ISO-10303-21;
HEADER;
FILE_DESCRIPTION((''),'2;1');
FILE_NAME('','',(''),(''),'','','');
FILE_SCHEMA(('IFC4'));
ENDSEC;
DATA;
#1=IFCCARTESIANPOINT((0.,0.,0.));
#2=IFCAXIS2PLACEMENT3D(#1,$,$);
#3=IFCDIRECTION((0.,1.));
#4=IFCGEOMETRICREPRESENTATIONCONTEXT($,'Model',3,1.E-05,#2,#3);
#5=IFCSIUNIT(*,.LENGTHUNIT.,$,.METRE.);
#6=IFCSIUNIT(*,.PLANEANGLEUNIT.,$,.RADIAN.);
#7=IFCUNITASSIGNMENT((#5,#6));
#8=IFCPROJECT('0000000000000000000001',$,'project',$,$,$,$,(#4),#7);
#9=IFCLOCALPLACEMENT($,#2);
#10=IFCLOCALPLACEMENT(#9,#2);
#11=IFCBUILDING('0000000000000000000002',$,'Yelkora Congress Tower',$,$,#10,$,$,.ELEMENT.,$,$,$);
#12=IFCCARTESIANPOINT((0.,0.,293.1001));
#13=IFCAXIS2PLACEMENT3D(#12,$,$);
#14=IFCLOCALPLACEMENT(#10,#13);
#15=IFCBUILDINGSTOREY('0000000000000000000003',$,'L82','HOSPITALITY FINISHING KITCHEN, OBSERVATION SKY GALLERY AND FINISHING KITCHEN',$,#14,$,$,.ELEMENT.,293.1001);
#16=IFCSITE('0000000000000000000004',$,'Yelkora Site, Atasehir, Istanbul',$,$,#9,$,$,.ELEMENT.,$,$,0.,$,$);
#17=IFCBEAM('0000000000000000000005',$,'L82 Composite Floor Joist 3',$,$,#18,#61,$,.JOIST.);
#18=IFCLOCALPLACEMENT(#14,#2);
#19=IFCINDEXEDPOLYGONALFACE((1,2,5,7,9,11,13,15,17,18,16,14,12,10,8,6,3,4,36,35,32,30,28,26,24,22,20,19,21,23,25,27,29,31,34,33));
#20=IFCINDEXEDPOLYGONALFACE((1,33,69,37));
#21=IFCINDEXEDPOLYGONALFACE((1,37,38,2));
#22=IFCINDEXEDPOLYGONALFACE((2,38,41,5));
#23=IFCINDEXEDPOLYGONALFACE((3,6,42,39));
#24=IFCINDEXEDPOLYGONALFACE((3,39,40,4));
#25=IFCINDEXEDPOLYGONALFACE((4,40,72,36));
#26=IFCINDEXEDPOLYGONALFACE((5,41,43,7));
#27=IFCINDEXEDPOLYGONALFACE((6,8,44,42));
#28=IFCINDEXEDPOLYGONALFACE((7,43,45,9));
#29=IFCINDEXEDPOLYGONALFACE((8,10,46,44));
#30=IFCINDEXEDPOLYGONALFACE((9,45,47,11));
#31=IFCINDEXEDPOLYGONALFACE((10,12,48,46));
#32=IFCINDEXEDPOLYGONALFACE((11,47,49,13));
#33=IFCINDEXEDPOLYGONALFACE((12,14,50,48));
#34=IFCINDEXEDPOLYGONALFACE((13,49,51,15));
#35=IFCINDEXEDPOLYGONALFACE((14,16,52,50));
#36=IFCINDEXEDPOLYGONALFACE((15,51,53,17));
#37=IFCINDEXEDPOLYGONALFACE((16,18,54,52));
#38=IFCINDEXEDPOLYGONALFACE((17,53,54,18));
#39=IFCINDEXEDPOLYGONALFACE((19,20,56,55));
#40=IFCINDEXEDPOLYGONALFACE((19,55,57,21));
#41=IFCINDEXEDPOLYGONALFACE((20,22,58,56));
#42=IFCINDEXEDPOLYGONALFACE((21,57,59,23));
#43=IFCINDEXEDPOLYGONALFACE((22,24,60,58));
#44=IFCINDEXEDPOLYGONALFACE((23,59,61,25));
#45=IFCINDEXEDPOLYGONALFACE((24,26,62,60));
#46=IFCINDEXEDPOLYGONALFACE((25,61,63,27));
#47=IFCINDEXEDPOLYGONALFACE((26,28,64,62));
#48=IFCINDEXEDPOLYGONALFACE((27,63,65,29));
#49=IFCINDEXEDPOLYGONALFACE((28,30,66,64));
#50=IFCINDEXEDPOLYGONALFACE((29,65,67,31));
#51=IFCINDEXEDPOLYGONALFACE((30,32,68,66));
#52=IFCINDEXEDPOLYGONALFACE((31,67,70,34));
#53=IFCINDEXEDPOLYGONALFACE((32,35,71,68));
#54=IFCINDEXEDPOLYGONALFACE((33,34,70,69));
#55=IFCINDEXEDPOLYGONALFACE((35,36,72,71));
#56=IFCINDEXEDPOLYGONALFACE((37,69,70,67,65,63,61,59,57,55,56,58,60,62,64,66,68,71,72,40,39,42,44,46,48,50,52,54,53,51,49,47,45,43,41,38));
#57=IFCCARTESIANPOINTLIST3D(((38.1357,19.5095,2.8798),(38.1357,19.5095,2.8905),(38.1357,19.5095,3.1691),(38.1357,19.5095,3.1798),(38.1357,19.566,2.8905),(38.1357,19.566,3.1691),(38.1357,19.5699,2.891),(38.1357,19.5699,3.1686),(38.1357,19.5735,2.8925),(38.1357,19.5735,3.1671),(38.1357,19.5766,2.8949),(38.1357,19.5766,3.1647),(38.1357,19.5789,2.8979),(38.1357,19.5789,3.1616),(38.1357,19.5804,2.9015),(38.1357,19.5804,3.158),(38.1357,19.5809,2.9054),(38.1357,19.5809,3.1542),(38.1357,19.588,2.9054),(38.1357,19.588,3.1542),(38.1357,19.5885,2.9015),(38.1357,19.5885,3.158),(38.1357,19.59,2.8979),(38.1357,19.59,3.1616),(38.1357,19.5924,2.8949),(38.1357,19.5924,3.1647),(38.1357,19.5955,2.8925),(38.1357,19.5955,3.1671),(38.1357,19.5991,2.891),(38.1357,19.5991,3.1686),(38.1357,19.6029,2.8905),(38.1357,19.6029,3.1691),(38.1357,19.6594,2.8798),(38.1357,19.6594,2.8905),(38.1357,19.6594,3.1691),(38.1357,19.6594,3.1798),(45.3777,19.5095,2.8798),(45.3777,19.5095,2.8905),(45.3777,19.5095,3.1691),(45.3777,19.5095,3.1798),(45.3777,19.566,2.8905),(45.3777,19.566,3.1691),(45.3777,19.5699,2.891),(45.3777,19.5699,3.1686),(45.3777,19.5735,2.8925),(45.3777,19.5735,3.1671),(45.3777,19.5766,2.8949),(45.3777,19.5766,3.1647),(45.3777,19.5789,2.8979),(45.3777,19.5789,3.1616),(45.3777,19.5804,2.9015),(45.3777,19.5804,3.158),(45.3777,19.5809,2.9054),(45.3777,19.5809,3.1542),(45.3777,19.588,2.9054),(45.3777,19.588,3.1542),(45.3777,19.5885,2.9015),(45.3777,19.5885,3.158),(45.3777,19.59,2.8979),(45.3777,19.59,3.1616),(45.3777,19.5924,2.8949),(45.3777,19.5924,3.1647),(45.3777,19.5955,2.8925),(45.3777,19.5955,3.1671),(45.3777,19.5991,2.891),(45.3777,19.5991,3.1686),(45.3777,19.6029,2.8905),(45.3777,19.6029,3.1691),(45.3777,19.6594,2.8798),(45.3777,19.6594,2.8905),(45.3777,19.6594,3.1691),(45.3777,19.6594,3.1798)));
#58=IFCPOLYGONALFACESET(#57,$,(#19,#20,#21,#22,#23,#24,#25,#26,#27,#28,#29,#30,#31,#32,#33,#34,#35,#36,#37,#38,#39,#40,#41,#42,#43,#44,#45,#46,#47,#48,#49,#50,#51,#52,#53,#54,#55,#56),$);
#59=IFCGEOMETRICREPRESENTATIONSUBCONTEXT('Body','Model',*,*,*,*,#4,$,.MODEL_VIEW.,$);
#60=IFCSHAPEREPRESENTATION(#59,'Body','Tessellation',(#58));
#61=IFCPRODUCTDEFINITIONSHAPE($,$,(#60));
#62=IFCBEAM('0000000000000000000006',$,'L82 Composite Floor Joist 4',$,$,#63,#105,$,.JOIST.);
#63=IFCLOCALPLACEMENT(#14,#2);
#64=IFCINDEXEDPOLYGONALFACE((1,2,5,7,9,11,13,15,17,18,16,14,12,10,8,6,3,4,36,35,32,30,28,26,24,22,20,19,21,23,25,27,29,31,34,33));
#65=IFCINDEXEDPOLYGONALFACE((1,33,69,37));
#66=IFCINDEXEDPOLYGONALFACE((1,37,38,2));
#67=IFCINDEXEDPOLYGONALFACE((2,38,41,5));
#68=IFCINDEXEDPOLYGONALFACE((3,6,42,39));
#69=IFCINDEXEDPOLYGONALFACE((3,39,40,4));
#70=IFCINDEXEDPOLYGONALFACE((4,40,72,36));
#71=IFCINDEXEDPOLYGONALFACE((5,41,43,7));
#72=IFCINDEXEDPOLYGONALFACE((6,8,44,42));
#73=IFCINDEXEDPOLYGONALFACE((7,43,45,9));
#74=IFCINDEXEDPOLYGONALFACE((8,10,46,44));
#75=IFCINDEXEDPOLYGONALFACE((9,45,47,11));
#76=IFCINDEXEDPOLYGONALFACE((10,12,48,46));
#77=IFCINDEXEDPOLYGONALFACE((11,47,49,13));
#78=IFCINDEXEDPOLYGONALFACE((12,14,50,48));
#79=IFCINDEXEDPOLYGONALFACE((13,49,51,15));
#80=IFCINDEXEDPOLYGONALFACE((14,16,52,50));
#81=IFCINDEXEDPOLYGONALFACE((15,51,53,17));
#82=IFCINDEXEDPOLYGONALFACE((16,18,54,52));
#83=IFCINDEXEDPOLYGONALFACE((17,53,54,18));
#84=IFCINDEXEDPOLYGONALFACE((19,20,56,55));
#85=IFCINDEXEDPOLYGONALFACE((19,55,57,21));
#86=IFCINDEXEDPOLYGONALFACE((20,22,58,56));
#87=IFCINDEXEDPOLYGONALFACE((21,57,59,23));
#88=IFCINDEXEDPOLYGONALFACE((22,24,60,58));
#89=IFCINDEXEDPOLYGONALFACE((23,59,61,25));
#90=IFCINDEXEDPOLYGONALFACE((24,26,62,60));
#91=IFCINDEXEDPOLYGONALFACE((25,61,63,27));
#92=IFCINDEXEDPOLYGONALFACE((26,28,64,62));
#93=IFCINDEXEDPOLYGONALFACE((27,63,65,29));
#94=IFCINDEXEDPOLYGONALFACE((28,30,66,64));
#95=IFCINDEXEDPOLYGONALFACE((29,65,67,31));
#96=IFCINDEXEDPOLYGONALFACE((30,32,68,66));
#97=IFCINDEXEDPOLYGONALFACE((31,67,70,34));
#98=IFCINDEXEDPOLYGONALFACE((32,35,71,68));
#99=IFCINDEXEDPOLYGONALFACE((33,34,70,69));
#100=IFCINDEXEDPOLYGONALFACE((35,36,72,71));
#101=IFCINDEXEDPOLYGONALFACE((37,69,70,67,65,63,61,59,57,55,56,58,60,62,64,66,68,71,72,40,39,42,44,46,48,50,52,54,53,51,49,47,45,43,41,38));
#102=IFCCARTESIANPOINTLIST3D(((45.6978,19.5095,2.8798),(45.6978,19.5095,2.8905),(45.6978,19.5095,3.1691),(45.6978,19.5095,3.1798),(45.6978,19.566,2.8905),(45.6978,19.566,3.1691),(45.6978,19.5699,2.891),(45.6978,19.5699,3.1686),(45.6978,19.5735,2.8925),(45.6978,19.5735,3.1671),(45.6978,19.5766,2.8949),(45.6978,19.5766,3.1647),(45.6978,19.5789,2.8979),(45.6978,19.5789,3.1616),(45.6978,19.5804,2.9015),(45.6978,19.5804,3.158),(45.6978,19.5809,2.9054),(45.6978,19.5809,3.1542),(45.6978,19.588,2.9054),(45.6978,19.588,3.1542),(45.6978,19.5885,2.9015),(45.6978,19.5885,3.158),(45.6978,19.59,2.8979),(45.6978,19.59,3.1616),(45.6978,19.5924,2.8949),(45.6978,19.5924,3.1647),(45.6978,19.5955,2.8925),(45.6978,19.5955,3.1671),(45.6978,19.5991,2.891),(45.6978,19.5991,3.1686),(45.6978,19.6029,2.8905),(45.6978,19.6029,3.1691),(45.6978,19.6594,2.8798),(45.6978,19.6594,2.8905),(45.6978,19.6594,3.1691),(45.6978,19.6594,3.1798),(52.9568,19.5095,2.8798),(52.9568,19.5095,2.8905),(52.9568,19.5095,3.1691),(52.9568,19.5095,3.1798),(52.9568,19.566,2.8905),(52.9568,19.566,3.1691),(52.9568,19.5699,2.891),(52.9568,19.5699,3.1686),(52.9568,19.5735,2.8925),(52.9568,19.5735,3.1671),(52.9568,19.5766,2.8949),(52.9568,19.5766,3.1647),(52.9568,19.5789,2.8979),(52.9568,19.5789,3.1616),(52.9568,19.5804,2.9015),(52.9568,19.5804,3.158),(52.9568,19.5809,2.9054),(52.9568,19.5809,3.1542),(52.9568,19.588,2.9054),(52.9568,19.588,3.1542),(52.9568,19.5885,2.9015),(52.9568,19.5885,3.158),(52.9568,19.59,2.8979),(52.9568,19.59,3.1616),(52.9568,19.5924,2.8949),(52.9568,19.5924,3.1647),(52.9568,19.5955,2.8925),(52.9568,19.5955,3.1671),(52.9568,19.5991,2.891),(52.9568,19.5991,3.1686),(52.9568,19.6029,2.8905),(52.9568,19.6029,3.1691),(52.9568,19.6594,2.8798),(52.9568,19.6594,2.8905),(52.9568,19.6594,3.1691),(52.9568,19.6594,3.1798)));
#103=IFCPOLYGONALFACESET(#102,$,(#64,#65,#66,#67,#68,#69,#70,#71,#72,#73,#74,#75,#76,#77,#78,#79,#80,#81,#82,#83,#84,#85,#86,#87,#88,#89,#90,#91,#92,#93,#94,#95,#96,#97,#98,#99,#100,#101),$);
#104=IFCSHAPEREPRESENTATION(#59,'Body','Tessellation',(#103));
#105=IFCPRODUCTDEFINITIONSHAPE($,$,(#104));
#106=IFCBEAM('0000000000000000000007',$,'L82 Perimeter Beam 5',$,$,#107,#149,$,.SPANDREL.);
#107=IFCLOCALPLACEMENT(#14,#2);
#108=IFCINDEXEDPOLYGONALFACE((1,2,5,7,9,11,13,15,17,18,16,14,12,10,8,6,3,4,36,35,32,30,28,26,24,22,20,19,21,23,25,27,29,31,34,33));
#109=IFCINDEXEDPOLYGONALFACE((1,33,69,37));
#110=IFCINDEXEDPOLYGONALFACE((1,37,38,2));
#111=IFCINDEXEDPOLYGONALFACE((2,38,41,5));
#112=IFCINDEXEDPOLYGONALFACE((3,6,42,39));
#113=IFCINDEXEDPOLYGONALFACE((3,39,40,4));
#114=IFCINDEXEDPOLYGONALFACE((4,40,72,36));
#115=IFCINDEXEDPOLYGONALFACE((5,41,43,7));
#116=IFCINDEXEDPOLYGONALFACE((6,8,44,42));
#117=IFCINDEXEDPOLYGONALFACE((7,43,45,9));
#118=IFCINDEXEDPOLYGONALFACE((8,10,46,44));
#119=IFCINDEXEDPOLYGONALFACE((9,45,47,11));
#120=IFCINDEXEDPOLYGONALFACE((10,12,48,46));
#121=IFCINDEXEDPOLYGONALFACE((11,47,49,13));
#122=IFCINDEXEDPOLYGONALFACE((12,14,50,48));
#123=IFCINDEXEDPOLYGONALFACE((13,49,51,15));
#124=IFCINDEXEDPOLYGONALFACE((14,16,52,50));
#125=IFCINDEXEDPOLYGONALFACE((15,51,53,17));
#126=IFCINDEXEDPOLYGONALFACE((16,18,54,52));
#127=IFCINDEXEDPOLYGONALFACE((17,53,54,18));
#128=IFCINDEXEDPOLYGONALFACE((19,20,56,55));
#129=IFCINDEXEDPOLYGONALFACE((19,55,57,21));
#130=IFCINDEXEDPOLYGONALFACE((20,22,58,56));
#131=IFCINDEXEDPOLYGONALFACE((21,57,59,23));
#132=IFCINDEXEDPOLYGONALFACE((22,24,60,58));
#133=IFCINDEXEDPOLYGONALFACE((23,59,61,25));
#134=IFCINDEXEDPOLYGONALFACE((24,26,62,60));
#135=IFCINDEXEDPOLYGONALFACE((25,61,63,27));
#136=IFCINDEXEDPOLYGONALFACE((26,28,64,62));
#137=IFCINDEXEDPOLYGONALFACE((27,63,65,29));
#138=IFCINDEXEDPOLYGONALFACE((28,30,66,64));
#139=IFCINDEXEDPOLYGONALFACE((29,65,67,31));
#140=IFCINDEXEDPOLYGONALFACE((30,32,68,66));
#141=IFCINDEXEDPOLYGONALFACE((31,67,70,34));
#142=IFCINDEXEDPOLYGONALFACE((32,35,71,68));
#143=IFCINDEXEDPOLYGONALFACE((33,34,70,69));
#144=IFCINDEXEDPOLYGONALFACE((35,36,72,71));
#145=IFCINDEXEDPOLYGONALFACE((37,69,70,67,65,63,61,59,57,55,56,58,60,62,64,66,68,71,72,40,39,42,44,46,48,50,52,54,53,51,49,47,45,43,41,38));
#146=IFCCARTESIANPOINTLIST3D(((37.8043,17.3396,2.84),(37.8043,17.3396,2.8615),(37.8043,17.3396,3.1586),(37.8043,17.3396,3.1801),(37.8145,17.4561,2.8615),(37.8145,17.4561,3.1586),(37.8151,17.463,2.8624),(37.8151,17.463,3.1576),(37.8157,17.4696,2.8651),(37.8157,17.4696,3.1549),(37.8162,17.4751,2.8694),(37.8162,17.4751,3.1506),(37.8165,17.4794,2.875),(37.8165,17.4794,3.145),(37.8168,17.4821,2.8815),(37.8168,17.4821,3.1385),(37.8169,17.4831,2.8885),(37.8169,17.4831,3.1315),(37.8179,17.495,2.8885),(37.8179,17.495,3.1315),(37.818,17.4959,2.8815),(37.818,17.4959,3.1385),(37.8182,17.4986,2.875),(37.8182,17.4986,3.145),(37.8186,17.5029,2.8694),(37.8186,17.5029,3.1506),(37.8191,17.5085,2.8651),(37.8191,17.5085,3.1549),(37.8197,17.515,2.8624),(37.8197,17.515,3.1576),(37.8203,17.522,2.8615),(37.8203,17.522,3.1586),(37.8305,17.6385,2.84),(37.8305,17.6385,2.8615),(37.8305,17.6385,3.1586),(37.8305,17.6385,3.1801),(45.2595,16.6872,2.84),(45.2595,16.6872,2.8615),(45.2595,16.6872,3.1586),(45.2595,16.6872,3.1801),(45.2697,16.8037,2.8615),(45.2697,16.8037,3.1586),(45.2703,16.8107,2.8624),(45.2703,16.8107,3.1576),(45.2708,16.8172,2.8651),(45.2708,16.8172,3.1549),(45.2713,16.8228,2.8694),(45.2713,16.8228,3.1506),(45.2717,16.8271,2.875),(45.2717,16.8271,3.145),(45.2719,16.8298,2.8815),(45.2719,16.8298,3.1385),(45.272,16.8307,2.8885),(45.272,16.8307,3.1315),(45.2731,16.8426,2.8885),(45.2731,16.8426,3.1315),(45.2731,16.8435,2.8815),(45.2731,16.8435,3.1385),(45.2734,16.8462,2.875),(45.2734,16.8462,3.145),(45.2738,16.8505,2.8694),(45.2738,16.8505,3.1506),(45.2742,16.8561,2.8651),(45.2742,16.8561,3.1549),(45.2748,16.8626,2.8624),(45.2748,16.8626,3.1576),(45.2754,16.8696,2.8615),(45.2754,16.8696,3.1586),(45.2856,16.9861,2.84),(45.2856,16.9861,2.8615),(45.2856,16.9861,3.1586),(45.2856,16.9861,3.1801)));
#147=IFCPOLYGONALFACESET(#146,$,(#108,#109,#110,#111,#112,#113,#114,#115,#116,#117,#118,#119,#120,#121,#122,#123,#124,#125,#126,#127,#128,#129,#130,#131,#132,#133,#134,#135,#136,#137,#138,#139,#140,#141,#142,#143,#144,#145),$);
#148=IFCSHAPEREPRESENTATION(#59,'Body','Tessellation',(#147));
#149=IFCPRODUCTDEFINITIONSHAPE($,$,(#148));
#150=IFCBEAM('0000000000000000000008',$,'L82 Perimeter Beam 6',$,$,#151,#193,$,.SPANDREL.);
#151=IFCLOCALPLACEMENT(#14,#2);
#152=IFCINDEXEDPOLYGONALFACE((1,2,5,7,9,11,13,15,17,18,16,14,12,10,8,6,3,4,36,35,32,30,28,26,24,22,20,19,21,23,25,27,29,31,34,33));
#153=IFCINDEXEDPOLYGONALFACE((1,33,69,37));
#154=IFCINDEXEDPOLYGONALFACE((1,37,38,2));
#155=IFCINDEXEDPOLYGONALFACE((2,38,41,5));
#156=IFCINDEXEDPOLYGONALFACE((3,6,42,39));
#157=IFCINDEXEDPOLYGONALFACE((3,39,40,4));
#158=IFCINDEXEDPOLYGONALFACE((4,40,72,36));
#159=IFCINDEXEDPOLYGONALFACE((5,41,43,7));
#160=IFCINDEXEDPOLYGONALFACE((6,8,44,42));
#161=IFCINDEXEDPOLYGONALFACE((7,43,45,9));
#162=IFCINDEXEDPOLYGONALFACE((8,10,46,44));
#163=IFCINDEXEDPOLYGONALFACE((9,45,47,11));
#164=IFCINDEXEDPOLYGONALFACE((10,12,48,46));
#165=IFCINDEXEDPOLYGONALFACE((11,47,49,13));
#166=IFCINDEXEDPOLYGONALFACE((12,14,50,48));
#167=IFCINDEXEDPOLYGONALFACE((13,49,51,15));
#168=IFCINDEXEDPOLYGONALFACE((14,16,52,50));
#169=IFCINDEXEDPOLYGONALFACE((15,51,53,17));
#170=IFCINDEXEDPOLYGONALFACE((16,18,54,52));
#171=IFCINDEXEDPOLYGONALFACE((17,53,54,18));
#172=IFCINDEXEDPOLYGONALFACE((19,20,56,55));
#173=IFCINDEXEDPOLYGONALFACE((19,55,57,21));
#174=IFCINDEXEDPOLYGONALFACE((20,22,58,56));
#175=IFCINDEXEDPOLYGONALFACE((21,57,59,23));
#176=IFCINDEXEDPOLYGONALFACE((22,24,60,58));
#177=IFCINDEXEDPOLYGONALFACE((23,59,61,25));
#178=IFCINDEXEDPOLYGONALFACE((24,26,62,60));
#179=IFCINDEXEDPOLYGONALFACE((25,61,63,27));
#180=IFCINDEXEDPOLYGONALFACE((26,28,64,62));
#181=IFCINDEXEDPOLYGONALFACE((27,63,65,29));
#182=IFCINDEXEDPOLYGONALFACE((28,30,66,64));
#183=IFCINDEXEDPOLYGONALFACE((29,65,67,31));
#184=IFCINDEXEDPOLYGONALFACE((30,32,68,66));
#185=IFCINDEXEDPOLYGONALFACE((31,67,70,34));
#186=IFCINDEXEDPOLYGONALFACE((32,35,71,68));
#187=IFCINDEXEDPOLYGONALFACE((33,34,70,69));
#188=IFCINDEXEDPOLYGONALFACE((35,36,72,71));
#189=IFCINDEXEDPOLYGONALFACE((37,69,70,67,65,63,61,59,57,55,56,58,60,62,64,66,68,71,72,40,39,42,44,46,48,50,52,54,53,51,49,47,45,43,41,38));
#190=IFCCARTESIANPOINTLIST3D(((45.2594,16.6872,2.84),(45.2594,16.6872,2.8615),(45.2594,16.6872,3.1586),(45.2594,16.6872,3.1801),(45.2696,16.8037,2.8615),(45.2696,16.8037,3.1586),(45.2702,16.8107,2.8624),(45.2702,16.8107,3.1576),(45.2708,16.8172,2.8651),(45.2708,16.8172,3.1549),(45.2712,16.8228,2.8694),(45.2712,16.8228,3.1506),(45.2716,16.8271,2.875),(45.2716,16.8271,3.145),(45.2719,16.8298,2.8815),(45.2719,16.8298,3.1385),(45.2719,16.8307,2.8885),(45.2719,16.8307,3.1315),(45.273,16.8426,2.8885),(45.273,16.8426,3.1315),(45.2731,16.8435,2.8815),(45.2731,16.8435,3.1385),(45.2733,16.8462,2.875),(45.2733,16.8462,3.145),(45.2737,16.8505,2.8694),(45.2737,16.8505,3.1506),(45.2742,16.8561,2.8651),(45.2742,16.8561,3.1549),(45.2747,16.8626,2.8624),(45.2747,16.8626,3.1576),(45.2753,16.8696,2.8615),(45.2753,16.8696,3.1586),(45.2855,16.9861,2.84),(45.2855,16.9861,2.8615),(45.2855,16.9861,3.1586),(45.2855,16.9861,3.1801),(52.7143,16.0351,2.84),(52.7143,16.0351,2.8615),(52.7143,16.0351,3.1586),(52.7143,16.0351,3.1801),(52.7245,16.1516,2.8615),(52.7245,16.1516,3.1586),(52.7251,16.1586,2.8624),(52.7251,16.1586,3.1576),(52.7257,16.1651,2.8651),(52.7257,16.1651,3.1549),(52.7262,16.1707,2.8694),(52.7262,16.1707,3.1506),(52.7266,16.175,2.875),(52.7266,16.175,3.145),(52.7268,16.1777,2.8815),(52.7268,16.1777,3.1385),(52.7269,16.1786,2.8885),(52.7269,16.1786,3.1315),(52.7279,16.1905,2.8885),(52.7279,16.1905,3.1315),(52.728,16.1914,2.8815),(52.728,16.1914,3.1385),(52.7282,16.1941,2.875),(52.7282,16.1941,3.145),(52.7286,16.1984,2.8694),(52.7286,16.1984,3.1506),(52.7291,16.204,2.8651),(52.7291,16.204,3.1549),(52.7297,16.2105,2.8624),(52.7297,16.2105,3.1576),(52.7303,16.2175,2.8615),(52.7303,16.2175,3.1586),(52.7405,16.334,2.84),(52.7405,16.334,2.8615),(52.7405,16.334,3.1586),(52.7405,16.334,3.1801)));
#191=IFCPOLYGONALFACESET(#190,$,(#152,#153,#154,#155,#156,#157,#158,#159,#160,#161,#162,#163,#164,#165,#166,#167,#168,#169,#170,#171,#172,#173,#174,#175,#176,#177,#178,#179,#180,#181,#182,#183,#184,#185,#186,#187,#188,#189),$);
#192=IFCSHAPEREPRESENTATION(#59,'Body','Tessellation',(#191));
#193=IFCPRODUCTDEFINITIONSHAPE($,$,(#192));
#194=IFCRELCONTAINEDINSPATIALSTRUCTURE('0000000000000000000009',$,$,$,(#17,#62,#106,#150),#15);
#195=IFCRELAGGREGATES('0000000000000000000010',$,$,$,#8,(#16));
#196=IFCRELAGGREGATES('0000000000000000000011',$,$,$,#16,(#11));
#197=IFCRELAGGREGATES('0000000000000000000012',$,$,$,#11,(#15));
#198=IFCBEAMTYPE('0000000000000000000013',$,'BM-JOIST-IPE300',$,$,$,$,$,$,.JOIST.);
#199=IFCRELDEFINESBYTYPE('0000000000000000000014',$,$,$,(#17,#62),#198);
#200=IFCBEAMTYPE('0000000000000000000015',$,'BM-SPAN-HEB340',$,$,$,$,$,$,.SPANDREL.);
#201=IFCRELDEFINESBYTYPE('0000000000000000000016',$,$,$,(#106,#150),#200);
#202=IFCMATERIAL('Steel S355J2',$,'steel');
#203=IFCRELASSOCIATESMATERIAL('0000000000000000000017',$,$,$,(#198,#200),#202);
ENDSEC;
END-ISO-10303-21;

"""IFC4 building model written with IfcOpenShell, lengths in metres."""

from ifc_helpers import new_model, si_unit, direction, frame, origin, origin_2d, place, context, subcontext, project, spatial, i_section, extrude, material, material_profile, profile_set, type_object, element, save


model = new_model("IFC4")

# Units and contexts
model_context = context("Model", 3, precision=1e-05, world=origin(), true_north=direction((0.0, 1.0)))
body_context = subcontext(model_context, "Body", "Model", "MODEL_VIEW")
ifc_project = project(units=[si_unit("LENGTHUNIT", "METRE"), si_unit("PLANEANGLEUNIT", "RADIAN")], contexts=[model_context])

# Site, building, storey
site_placement = place(None, origin())
site = spatial("IfcSite", under=ifc_project, at=site_placement, Name="Yelkora Site, Atasehir, Istanbul", CompositionType="ELEMENT", RefElevation=0.0)
building_placement = place(site_placement, origin())
building = spatial("IfcBuilding", under=site, at=building_placement, Name="Yelkora Congress Tower", CompositionType="ELEMENT")
storey_placement = place(building_placement, frame((0.0, 0.0, 293.1001)))
storey = spatial("IfcBuildingStorey", under=building, at=storey_placement, Name="L82", Description="HOSPITALITY FINISHING KITCHEN, OBSERVATION SKY GALLERY AND FINISHING KITCHEN", CompositionType="ELEMENT", Elevation=293.1001)

# Shared definitions
ifc_material_1 = material(Name="Steel S355J2", Category="steel")

# Beams
ifc_material_profile_1 = material_profile(ifc_material_1, i_section(OverallWidth=0.1499, OverallDepth=0.3, WebThickness=0.0071, FlangeThickness=0.0107, FilletRadius=0.0149, at=origin_2d()), Name="IPE 300")
ifc_profile_set_1 = profile_set([ifc_material_profile_1], Name="Steel S355J2")
beam_type_1 = type_object("IfcBeamType", Name="BM-JOIST-IPE300", PredefinedType="JOIST", material=ifc_profile_set_1)
beam_1_placement = place(storey_placement, frame((38.1357, 19.5845, 3.0298), z_axis=(1.0, 0.0, 0.0), x_axis=(0.0, 1.0, 0.0)))
element("IfcBeam", 1, at=beam_1_placement, inside=storey, type_object=beam_type_1, Name="L82 Composite Floor Joist 3", PredefinedType="JOIST", context=body_context, shape_type="SweptSolid", body=[
    extrude(i_section(OverallWidth=0.1499, OverallDepth=0.3, WebThickness=0.0071, FlangeThickness=0.0107, FilletRadius=0.0149, at=origin_2d()), origin(), (0.0, 0.0, 1.0), 7.2419),
])
beam_2_placement = place(storey_placement, frame((45.6978, 19.5845, 3.0298), z_axis=(1.0, 0.0, 0.0), x_axis=(0.0, 1.0, 0.0)))
element("IfcBeam", 2, at=beam_2_placement, inside=storey, type_object=beam_type_1, Name="L82 Composite Floor Joist 4", PredefinedType="JOIST", context=body_context, shape_type="SweptSolid", body=[
    extrude(i_section(OverallWidth=0.1499, OverallDepth=0.3, WebThickness=0.0071, FlangeThickness=0.0107, FilletRadius=0.0149, at=origin_2d()), origin(), (0.0, 0.0, 1.0), 7.259),
])
ifc_material_profile_2 = material_profile(ifc_material_1, i_section(OverallWidth=0.3, OverallDepth=0.3401, WebThickness=0.012, FlangeThickness=0.0215, FilletRadius=0.0271, at=origin_2d()), Name="HEB 340")
ifc_profile_set_2 = profile_set([ifc_material_profile_2], Name="Steel S355J2")
beam_type_2 = type_object("IfcBeamType", Name="BM-SPAN-HEB340", PredefinedType="SPANDREL", material=ifc_profile_set_2)
beam_3_placement = place(storey_placement, frame((37.8174, 17.489, 3.01), z_axis=(0.996193, -0.08717, 0.0), x_axis=(0.08717, 0.996193, 0.0)))
element("IfcBeam", 3, at=beam_3_placement, inside=storey, type_object=beam_type_2, Name="L82 Perimeter Beam 5", PredefinedType="SPANDREL", context=body_context, shape_type="SweptSolid", body=[
    extrude(i_section(OverallWidth=0.3, OverallDepth=0.3401, WebThickness=0.012, FlangeThickness=0.0215, FilletRadius=0.0271, at=origin_2d()), origin(), (0.0, 0.0, 1.0), 7.4836),
])
beam_4_placement = place(storey_placement, frame((45.2725, 16.8367, 3.01), z_axis=(0.996196, -0.087141, 0.0), x_axis=(0.087141, 0.996196, 0.0)))
element("IfcBeam", 4, at=beam_4_placement, inside=storey, type_object=beam_type_2, Name="L82 Perimeter Beam 6", PredefinedType="SPANDREL", context=body_context, shape_type="SweptSolid", body=[
    extrude(i_section(OverallWidth=0.3, OverallDepth=0.3401, WebThickness=0.012, FlangeThickness=0.0215, FilletRadius=0.0271, at=origin_2d()), origin(), (0.0, 0.0, 1.0), 7.4834),
])

save(model, "model.ifc")
